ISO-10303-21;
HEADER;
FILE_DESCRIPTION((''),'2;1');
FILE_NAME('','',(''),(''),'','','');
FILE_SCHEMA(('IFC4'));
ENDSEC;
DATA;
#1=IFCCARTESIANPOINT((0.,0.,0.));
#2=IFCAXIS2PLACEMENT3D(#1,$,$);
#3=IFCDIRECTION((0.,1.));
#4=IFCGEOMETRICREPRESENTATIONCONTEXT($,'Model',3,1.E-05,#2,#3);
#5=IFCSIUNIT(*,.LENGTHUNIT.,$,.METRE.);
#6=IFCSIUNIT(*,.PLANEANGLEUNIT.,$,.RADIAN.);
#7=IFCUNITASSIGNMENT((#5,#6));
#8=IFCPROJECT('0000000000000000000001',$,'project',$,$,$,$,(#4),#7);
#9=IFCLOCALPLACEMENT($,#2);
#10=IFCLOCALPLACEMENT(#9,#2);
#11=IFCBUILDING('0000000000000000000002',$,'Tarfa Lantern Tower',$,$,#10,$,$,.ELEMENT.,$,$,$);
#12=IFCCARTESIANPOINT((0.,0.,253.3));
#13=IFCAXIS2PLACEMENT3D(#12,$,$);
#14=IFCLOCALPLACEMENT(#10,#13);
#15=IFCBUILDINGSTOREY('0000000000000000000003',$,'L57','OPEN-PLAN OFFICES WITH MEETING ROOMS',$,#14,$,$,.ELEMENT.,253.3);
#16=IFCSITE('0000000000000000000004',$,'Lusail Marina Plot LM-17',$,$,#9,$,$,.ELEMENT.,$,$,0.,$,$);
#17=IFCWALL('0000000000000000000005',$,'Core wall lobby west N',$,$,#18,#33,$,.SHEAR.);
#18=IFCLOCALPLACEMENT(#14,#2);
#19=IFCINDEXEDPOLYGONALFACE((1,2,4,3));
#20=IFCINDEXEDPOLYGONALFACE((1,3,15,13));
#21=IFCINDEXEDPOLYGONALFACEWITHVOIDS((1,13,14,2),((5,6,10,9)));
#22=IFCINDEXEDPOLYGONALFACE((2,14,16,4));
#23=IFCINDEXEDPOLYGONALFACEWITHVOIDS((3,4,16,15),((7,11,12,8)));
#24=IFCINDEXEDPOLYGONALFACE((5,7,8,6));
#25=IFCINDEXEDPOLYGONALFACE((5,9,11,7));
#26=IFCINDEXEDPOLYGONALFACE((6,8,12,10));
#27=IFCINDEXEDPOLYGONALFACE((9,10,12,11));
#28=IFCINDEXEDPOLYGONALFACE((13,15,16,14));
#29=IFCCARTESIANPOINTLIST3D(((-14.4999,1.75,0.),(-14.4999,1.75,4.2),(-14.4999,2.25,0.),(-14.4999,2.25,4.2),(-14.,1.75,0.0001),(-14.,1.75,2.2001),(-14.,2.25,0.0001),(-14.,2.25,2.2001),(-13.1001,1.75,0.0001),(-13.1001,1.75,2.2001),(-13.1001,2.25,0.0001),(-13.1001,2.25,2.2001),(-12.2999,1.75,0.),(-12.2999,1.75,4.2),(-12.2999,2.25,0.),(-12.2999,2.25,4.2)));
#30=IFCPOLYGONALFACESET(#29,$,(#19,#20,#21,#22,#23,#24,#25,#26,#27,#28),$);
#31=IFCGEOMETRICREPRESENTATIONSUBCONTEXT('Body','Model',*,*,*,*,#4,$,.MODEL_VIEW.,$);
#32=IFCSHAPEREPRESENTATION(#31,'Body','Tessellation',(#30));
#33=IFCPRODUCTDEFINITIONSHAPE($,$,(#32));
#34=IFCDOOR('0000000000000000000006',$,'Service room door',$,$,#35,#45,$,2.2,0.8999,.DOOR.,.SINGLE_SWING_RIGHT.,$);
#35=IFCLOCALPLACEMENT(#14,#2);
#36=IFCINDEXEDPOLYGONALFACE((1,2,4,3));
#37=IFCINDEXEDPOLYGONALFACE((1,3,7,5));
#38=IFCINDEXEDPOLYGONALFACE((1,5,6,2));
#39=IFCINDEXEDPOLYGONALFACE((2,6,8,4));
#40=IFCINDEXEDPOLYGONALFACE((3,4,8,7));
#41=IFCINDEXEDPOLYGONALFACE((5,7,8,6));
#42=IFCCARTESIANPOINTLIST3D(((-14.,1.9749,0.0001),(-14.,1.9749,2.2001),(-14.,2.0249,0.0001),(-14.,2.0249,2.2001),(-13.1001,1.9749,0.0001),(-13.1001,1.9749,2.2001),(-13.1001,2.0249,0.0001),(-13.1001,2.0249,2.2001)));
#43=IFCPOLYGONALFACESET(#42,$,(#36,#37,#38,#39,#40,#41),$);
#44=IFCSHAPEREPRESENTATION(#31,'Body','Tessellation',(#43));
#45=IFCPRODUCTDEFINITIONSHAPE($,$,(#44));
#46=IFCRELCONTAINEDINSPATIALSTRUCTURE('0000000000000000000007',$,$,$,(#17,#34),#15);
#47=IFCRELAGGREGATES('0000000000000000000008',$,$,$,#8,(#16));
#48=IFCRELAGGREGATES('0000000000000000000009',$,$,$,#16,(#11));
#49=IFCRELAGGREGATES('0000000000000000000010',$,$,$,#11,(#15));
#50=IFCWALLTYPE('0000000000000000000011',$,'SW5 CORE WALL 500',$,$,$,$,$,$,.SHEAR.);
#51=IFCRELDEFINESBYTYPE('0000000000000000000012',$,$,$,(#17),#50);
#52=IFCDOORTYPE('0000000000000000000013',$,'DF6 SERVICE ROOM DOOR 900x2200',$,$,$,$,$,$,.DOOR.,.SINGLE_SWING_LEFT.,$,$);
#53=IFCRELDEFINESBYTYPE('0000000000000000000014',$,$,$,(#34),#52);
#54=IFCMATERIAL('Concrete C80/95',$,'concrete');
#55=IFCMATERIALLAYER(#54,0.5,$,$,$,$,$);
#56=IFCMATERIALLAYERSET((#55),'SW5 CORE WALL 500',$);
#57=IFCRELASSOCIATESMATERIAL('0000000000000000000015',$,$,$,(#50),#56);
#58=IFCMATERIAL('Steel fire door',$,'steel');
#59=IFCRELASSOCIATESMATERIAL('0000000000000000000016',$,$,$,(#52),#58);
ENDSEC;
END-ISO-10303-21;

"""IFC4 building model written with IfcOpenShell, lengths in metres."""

from ifc_helpers import new_model, si_unit, direction, frame, frame_2d, origin, place, context, subcontext, project, spatial, rectangle, extrude, material, layer, layer_set, type_object, element, fill, save


model = new_model("IFC4")

# Units and contexts
model_context = context("Model", 3, precision=1e-05, world=origin(), true_north=direction((0.0, 1.0)))
body_context = subcontext(model_context, "Body", "Model", "MODEL_VIEW")
ifc_project = project(units=[si_unit("LENGTHUNIT", "METRE"), si_unit("PLANEANGLEUNIT", "RADIAN")], contexts=[model_context])

# Site, building, storey
site_placement = place(None, origin())
site = spatial("IfcSite", under=ifc_project, at=site_placement, Name="Lusail Marina Plot LM-17", CompositionType="ELEMENT", RefElevation=0.0)
building_placement = place(site_placement, origin())
building = spatial("IfcBuilding", under=site, at=building_placement, Name="Tarfa Lantern Tower", CompositionType="ELEMENT")
storey_placement = place(building_placement, frame((0.0, 0.0, 253.3)))
storey = spatial("IfcBuildingStorey", under=building, at=storey_placement, Name="L57", Description="OPEN-PLAN OFFICES WITH MEETING ROOMS", CompositionType="ELEMENT", Elevation=253.3)

# Shared definitions
ifc_material_1 = material(Name="Concrete C80/95", Category="concrete")

# Wall, opening, door
ifc_layer_1 = layer(ifc_material_1, 0.5)
ifc_layer_set_1 = layer_set([ifc_layer_1], Name="SW5 CORE WALL 500")
wall_type_1 = type_object("IfcWallType", Name="SW5 CORE WALL 500", PredefinedType="SHEAR", material=ifc_layer_set_1)
wall_1_placement = place(storey_placement, frame((-14.5, 2.0, 0.0), z_axis=(0.0, 0.0, 1.0), x_axis=(1.0, 0.0, 0.0)))
wall_1 = element("IfcWall", 1, at=wall_1_placement, inside=storey, type_object=wall_type_1, Name="Core wall lobby west N", PredefinedType="SHEAR", context=body_context, shape_type="SweptSolid", body=[
    extrude(rectangle(XDim=2.2, YDim=0.5, at=frame_2d((1.1001, 0.0))), origin(), (0.0, 0.0, 1.0), 4.2),
])
opening_1_placement = place(wall_1_placement, frame((0.5, 0.0, 0.0)))
opening_1 = element("IfcOpeningElement", 2, at=opening_1_placement, cuts=wall_1, PredefinedType="OPENING", context=body_context, shape_type="SweptSolid", body=[
    extrude(rectangle(XDim=0.8999, YDim=2.2, at=frame_2d((0.45, 1.1001))), frame((0.0, 0.26, 0.0), z_axis=(0.0, -1.0, 0.0), x_axis=(1.0, 0.0, 0.0)), (0.0, 0.0, 1.0), 0.52),
])
ifc_material_2 = material(Name="Steel fire door", Category="steel")
door_type_1 = type_object("IfcDoorType", Name="DF6 SERVICE ROOM DOOR 900x2200", OperationType="SINGLE_SWING_LEFT", PredefinedType="DOOR", material=ifc_material_2)
door_1_placement = place(opening_1_placement, origin())
door_1 = element("IfcDoor", 3, at=door_1_placement, inside=storey, type_object=door_type_1, Name="Service room door", OperationType="SINGLE_SWING_RIGHT", OverallHeight=2.2, OverallWidth=0.8999, PredefinedType="DOOR", context=body_context, shape_type="SweptSolid", body=[
    extrude(rectangle(XDim=0.8999, YDim=2.2, at=frame_2d((0.45, 1.1001))), frame((0.0, 0.0249, 0.0), z_axis=(0.0, -1.0, 0.0), x_axis=(1.0, 0.0, 0.0)), (0.0, 0.0, 1.0), 0.05),
])
fill(opening_1, door_1)

save(model, "model.ifc")
